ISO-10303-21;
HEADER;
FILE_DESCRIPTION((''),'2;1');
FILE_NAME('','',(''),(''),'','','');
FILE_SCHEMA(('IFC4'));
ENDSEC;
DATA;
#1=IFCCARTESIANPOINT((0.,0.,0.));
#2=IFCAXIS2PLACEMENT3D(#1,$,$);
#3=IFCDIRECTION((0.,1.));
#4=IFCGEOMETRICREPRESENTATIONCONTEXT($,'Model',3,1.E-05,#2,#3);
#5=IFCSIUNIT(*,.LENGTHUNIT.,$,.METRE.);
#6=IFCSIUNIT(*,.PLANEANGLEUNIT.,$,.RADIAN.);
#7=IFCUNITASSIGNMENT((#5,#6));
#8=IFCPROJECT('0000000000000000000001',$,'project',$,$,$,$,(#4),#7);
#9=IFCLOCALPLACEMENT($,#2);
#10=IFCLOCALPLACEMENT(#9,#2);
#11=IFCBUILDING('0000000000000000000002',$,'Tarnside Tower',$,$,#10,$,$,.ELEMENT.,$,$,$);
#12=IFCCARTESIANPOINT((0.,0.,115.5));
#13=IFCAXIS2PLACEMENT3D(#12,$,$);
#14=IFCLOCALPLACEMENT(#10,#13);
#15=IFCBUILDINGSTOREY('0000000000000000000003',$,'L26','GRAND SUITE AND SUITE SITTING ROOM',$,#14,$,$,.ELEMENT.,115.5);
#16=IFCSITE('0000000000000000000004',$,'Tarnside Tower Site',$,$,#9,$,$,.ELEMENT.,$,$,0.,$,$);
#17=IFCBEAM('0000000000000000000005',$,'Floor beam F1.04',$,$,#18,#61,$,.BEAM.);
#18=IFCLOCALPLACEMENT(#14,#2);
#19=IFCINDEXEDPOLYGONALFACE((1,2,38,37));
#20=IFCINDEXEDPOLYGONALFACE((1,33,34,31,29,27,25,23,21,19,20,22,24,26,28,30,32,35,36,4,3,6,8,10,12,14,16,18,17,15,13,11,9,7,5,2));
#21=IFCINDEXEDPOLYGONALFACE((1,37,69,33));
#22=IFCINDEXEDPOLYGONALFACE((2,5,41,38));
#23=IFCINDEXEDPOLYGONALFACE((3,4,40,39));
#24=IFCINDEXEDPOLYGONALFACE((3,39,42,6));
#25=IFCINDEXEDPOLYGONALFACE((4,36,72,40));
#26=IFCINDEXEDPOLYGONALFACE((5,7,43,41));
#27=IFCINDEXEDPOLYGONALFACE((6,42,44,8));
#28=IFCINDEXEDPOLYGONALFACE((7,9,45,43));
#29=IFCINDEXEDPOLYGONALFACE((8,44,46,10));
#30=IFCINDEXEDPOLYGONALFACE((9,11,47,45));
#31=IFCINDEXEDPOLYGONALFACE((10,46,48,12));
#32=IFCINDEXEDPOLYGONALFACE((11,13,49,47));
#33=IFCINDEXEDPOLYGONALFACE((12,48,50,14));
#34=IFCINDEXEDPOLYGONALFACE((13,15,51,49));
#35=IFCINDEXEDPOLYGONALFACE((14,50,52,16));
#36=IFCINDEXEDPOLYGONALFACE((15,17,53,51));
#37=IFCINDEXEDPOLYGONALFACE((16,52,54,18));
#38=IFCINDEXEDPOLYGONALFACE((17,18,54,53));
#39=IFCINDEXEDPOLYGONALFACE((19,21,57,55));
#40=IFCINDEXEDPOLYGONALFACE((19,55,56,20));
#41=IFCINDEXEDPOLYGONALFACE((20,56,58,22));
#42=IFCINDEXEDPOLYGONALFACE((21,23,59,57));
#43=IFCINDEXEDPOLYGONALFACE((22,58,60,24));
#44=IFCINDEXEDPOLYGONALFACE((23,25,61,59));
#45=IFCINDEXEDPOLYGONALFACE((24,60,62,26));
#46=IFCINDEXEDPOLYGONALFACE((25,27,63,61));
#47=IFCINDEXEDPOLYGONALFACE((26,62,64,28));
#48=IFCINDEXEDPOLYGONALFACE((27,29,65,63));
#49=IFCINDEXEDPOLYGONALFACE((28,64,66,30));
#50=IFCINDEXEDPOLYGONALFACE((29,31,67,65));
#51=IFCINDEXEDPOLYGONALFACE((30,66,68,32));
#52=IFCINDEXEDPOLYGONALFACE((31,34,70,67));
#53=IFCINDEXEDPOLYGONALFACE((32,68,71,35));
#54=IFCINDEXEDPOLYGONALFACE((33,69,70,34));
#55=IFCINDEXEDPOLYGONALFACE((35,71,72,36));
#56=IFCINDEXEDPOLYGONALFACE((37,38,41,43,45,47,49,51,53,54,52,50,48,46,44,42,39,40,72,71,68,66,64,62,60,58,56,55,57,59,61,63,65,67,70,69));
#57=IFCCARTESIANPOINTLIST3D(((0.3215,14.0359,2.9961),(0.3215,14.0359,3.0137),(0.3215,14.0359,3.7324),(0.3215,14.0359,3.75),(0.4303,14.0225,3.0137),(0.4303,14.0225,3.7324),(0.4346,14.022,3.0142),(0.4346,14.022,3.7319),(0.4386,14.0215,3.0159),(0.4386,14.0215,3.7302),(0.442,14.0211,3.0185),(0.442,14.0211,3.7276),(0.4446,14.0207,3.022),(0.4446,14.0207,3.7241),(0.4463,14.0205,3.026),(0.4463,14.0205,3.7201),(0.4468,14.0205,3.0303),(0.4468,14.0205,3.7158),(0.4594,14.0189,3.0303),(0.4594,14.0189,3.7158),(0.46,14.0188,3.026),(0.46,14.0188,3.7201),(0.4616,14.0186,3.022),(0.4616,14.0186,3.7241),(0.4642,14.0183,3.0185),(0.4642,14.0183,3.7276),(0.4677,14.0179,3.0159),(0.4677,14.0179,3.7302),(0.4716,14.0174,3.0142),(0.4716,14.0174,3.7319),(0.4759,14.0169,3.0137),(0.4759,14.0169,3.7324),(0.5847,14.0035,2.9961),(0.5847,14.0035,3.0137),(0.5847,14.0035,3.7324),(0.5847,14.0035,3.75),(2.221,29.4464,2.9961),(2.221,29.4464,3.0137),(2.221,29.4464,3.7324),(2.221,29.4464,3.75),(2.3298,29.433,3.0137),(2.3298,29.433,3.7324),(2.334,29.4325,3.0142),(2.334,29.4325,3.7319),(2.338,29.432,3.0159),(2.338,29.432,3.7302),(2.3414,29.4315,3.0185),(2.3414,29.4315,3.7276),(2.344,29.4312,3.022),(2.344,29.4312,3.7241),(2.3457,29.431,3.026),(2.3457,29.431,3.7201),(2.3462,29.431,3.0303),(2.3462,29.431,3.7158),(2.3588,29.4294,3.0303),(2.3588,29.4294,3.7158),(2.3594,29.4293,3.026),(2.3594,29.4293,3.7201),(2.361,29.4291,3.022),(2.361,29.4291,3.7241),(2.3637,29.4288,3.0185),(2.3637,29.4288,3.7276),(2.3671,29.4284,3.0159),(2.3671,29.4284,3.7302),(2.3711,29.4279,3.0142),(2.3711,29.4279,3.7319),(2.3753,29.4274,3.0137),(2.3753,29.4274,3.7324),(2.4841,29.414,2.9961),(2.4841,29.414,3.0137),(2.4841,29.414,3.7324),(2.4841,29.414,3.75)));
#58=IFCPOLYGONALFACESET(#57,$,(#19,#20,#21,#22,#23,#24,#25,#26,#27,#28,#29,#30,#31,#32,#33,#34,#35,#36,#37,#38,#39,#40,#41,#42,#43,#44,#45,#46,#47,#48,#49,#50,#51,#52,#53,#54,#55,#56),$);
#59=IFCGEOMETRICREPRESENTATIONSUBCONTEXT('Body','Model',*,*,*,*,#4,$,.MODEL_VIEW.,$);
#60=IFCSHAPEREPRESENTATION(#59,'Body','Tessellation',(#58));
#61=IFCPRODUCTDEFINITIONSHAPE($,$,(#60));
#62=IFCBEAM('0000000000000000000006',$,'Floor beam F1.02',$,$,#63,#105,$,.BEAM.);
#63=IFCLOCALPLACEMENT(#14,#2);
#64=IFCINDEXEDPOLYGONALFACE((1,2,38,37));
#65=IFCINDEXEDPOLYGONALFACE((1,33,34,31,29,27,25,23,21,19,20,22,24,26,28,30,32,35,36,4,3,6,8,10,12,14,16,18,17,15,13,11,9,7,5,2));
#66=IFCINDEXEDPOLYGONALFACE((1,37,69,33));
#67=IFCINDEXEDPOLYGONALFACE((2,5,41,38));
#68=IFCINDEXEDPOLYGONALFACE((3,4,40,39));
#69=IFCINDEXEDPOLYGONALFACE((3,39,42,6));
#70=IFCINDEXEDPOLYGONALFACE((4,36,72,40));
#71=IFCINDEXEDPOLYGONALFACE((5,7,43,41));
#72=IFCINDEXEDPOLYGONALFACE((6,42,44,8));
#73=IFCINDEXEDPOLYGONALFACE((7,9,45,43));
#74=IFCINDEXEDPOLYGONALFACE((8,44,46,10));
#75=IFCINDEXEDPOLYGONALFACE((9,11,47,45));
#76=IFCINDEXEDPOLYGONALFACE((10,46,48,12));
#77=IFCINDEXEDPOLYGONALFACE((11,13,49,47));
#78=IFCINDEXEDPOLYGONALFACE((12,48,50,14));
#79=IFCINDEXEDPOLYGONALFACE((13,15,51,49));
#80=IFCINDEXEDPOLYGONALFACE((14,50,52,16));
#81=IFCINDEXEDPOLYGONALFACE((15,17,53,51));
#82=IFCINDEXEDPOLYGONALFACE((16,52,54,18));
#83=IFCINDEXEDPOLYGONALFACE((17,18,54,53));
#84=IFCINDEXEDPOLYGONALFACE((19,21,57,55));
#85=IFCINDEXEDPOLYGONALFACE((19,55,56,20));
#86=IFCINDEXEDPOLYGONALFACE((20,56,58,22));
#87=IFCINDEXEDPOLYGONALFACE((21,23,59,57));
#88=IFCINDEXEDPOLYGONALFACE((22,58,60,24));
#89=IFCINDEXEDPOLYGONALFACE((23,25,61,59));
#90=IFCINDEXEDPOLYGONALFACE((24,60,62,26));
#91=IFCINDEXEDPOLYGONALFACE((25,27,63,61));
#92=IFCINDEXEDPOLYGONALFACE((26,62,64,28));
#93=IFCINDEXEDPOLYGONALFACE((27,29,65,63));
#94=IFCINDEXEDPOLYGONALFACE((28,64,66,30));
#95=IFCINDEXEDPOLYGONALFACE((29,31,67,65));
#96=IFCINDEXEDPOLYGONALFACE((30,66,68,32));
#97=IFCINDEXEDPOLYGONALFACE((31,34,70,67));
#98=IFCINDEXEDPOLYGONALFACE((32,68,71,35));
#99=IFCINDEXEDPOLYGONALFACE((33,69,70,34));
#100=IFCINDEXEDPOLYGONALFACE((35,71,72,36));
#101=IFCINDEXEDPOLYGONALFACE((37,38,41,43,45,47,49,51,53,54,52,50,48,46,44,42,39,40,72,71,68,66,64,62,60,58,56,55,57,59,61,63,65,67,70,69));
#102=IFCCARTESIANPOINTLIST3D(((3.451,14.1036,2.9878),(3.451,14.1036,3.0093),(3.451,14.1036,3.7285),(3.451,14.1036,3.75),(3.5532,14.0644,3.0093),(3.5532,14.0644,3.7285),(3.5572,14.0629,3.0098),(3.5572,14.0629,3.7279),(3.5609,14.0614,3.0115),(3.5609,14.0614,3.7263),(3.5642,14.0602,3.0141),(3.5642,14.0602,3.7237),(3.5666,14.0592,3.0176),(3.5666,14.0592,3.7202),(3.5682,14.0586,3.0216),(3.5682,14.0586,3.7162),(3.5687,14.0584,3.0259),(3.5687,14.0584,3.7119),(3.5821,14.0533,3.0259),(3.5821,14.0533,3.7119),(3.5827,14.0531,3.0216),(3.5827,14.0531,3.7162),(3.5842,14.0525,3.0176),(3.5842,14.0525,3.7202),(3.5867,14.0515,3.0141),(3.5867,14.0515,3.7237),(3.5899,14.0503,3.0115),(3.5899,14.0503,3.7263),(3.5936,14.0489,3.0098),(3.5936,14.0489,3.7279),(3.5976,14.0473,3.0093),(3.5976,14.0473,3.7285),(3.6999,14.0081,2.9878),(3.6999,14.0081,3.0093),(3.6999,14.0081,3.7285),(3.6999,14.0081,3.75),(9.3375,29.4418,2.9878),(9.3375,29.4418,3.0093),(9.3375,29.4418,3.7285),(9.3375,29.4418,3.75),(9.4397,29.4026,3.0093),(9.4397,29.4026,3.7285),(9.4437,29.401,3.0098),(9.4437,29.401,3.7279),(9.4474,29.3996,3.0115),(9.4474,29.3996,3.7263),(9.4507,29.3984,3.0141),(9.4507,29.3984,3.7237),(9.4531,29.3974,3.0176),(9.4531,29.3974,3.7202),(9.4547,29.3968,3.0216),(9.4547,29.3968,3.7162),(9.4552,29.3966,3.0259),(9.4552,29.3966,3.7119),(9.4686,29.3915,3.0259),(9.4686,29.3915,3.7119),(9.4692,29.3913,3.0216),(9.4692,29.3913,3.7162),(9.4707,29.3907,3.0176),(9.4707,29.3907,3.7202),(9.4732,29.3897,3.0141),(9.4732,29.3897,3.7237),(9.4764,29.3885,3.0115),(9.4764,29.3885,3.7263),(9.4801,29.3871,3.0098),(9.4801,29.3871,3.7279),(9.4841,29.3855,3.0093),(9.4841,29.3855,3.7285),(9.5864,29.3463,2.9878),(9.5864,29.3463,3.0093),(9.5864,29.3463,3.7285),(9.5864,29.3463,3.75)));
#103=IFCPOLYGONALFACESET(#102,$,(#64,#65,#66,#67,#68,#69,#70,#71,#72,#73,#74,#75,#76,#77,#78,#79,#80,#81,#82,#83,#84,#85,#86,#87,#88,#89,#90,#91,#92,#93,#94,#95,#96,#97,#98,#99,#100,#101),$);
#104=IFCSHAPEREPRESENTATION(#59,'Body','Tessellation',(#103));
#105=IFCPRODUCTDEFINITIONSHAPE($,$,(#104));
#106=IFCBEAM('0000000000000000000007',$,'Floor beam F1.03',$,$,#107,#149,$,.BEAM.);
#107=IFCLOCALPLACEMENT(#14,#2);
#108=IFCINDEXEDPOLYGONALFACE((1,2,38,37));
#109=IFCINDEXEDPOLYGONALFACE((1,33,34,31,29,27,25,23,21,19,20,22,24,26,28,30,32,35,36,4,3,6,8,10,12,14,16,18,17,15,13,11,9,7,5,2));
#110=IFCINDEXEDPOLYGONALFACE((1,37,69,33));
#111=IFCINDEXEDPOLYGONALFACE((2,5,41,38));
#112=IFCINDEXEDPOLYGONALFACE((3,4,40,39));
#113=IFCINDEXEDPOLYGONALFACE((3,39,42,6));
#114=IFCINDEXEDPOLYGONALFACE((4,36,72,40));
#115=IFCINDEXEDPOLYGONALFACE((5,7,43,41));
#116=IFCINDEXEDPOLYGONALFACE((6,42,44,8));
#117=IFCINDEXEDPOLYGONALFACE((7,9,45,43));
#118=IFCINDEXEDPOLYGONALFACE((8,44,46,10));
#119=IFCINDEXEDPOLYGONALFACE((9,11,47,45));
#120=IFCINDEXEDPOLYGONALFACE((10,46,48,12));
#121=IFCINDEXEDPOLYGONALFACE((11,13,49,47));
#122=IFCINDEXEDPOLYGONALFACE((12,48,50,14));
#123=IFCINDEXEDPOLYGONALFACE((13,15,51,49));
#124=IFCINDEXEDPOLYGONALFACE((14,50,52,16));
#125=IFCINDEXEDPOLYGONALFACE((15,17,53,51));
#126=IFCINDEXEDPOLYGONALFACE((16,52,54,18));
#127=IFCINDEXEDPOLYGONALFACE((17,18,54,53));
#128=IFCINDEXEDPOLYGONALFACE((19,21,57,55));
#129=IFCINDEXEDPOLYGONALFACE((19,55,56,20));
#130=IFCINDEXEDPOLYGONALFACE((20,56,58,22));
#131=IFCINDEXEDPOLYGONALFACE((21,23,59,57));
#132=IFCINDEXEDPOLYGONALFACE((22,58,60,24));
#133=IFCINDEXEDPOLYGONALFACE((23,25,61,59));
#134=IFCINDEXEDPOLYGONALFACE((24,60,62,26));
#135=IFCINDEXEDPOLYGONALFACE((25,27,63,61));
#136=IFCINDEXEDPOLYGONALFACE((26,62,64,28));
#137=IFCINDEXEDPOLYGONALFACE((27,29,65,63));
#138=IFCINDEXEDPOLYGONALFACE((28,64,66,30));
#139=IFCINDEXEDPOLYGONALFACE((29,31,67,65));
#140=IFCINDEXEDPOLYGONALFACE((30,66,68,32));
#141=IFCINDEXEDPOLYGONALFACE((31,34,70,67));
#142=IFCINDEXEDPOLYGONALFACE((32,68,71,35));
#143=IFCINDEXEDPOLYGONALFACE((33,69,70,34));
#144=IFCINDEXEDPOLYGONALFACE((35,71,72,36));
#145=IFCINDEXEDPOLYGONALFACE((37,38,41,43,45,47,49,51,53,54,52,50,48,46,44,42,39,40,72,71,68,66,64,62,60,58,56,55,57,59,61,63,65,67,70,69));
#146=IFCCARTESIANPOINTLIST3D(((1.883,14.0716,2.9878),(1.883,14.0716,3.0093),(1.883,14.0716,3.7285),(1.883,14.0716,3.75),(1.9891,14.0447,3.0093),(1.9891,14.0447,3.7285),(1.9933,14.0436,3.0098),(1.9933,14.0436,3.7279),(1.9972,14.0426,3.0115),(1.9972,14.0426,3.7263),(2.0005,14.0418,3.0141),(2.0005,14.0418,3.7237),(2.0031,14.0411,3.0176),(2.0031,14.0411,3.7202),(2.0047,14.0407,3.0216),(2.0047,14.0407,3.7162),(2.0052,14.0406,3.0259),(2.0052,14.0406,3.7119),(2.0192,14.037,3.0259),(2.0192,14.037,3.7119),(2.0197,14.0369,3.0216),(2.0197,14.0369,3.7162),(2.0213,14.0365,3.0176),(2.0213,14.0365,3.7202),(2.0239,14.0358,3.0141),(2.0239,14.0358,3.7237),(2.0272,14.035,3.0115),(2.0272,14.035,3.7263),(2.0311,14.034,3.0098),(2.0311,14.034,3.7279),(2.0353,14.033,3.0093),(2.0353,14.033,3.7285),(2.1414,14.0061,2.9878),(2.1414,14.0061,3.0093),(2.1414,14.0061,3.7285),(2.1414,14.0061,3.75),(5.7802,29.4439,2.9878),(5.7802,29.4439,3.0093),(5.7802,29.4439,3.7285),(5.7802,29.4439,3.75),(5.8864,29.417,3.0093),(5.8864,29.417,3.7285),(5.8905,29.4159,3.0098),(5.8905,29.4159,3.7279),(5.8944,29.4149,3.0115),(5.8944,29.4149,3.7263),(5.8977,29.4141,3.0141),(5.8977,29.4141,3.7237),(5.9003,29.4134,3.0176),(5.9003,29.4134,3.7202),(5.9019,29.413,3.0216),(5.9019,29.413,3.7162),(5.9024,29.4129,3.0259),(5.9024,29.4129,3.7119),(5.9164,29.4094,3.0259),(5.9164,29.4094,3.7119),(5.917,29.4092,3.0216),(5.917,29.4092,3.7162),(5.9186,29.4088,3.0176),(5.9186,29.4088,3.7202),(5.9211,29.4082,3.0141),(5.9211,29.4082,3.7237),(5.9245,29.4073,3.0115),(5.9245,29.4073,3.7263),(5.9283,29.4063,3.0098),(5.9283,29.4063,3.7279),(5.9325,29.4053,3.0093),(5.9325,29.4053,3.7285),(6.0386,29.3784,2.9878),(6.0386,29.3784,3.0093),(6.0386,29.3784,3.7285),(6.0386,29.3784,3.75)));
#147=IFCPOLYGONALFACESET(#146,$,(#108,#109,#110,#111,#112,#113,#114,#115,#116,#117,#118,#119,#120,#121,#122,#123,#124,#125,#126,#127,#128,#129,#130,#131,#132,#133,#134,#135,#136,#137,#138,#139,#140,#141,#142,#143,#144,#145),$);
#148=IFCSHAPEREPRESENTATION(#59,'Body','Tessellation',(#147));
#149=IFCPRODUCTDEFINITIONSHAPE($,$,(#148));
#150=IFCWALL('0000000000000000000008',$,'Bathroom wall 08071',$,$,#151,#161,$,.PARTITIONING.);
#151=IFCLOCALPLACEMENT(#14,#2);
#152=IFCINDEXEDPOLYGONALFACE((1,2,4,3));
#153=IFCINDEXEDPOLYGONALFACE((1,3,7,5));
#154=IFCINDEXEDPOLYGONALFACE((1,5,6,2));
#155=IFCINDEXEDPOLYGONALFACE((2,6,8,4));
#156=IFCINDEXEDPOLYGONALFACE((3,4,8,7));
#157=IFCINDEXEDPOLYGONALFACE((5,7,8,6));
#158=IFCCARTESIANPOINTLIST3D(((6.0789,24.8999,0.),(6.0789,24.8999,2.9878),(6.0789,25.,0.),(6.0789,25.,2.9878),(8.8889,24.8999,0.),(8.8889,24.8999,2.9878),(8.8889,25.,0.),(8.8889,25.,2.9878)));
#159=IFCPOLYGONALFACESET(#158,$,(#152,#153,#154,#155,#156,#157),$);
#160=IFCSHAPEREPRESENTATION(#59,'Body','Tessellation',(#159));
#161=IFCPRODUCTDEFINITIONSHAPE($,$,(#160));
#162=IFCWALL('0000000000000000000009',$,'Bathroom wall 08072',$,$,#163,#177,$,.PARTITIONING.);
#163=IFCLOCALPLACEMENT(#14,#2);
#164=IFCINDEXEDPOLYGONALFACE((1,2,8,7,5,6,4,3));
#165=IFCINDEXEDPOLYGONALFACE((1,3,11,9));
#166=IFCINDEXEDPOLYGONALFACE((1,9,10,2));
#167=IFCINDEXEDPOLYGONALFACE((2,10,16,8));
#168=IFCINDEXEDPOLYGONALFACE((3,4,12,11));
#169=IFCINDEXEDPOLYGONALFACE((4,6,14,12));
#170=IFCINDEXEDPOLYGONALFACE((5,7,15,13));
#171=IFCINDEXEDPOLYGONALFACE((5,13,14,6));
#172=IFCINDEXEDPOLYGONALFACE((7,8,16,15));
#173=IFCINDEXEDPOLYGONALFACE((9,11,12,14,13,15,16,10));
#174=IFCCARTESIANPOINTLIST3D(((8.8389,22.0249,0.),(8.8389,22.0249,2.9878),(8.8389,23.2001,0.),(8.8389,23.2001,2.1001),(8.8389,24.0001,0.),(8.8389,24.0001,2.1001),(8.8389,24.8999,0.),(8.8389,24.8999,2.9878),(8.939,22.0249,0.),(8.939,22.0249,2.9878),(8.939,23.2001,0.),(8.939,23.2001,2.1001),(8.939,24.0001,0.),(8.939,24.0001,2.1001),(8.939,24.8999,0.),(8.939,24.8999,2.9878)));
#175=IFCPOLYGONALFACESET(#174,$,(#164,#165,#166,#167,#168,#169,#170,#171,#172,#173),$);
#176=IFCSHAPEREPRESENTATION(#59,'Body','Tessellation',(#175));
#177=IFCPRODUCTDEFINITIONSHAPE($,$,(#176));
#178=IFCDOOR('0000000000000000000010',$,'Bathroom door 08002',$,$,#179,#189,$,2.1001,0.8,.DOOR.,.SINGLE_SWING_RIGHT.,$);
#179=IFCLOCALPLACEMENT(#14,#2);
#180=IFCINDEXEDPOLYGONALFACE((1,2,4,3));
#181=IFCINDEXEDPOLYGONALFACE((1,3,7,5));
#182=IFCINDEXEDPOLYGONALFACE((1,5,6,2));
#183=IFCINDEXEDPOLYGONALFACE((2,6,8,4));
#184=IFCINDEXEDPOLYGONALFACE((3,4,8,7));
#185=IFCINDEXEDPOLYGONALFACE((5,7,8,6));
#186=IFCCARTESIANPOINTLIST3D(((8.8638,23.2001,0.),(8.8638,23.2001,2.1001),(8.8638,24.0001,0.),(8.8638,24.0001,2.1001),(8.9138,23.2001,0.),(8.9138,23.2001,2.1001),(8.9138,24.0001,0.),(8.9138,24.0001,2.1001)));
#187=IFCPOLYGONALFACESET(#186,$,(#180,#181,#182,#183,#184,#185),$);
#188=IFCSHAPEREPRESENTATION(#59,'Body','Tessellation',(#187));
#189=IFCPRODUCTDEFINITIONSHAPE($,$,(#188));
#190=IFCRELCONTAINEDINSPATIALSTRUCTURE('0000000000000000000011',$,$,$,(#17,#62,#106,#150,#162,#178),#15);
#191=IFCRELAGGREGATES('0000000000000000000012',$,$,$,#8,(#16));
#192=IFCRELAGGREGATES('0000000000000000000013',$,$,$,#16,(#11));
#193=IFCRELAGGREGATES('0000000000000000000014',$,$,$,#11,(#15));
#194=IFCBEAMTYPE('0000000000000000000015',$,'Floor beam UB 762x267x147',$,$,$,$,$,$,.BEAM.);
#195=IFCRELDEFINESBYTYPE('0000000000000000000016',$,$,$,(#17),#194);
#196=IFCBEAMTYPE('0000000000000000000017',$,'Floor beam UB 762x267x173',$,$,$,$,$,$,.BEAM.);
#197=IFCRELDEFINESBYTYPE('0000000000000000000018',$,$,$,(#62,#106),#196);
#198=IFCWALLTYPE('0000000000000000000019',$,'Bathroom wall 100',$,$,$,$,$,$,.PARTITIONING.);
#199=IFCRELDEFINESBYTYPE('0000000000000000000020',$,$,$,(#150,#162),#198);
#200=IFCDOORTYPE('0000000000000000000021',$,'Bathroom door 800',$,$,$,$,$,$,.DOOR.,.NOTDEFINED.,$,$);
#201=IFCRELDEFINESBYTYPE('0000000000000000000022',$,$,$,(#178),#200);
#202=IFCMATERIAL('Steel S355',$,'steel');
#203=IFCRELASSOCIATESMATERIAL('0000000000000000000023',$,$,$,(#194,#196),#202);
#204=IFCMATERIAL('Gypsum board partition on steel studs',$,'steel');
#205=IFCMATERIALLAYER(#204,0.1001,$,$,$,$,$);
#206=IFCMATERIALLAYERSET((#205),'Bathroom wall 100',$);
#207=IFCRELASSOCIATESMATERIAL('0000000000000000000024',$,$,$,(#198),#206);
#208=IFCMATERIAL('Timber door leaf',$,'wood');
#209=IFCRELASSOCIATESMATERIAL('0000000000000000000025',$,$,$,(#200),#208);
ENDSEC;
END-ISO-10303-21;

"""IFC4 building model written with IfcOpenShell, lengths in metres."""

from ifc_helpers import new_model, si_unit, direction, frame, frame_2d, origin, origin_2d, place, context, subcontext, project, spatial, rectangle, i_section, extrude, material, layer, layer_set, material_profile, profile_set, type_object, element, fill, save


model = new_model("IFC4")

# Units and contexts
model_context = context("Model", 3, precision=1e-05, world=origin(), true_north=direction((0.0, 1.0)))
body_context = subcontext(model_context, "Body", "Model", "MODEL_VIEW")
ifc_project = project(units=[si_unit("LENGTHUNIT", "METRE"), si_unit("PLANEANGLEUNIT", "RADIAN")], contexts=[model_context])

# Site, building, storey
site_placement = place(None, origin())
site = spatial("IfcSite", under=ifc_project, at=site_placement, Name="Tarnside Tower Site", CompositionType="ELEMENT", RefElevation=0.0)
building_placement = place(site_placement, origin())
building = spatial("IfcBuilding", under=site, at=building_placement, Name="Tarnside Tower", CompositionType="ELEMENT")
storey_placement = place(building_placement, frame((0.0, 0.0, 115.5)))
storey = spatial("IfcBuildingStorey", under=building, at=storey_placement, Name="L26", Description="GRAND SUITE AND SUITE SITTING ROOM", CompositionType="ELEMENT", Elevation=115.5)

# Beams
ifc_material_1 = material(Name="Steel S355", Category="steel")
ifc_material_profile_1 = material_profile(ifc_material_1, i_section(OverallWidth=0.2651, OverallDepth=0.7539, WebThickness=0.0127, FlangeThickness=0.0176, FilletRadius=0.0166, at=origin_2d()), Name="UB 762x267x147")
ifc_profile_set_1 = profile_set([ifc_material_profile_1], Name="Steel S355")
beam_type_1 = type_object("IfcBeamType", Name="Floor beam UB 762x267x147", PredefinedType="BEAM", material=ifc_profile_set_1)
beam_1_placement = place(storey_placement, frame((2.3525, 29.4302, 3.373), z_axis=(-0.12233, -0.99249, 0.0), x_axis=(0.99249, -0.12233, 0.0)))
element("IfcBeam", 1, at=beam_1_placement, inside=storey, type_object=beam_type_1, Name="Floor beam F1.04", PredefinedType="BEAM", context=body_context, shape_type="SweptSolid", body=[
    extrude(i_section(OverallWidth=0.2651, OverallDepth=0.7539, WebThickness=0.0127, FlangeThickness=0.0176, FilletRadius=0.0166, at=origin_2d()), origin(), (0.0, 0.0, 1.0), 15.5271),
])
ifc_material_profile_2 = material_profile(ifc_material_1, i_section(OverallWidth=0.2666, OverallDepth=0.7622, WebThickness=0.0144, FlangeThickness=0.0215, FilletRadius=0.0166, at=origin_2d()), Name="UB 762x267x173")
ifc_profile_set_2 = profile_set([ifc_material_profile_2], Name="Steel S355")
beam_type_2 = type_object("IfcBeamType", Name="Floor beam UB 762x267x173", PredefinedType="BEAM", material=ifc_profile_set_2)
beam_2_placement = place(storey_placement, frame((9.4619, 29.394, 3.3689), z_axis=(-0.3583, -0.933607, 0.0), x_axis=(0.933607, -0.3583, 0.0)))
element("IfcBeam", 2, at=beam_2_placement, inside=storey, type_object=beam_type_2, Name="Floor beam F1.02", PredefinedType="BEAM", context=body_context, shape_type="SweptSolid", body=[
    extrude(i_section(OverallWidth=0.2666, OverallDepth=0.7622, WebThickness=0.0144, FlangeThickness=0.0215, FilletRadius=0.0166, at=origin_2d()), origin(), (0.0, 0.0, 1.0), 16.429),
])
beam_3_placement = place(storey_placement, frame((5.9094, 29.4111, 3.3689), z_axis=(-0.245747, -0.969334, 0.0), x_axis=(0.969334, -0.245747, 0.0)))
element("IfcBeam", 3, at=beam_3_placement, inside=storey, type_object=beam_type_2, Name="Floor beam F1.03", PredefinedType="BEAM", context=body_context, shape_type="SweptSolid", body=[
    extrude(i_section(OverallWidth=0.2666, OverallDepth=0.7622, WebThickness=0.0144, FlangeThickness=0.0215, FilletRadius=0.0166, at=origin_2d()), origin(), (0.0, 0.0, 1.0), 15.8586),
])

# Wall
ifc_material_2 = material(Name="Gypsum board partition on steel studs", Category="steel")
ifc_layer_1 = layer(ifc_material_2, 0.1001)
ifc_layer_set_1 = layer_set([ifc_layer_1], Name="Bathroom wall 100")
wall_type_1 = type_object("IfcWallType", Name="Bathroom wall 100", PredefinedType="PARTITIONING", material=ifc_layer_set_1)
wall_1_placement = place(storey_placement, frame((6.0789, 24.95, 0.0), z_axis=(0.0, 0.0, 1.0), x_axis=(1.0, 0.0, 0.0)))
element("IfcWall", 4, at=wall_1_placement, inside=storey, type_object=wall_type_1, Name="Bathroom wall 08071", PredefinedType="PARTITIONING", context=body_context, shape_type="SweptSolid", body=[
    extrude(rectangle(XDim=2.8101, YDim=0.1001, at=frame_2d((1.405, 0.0))), origin(), (0.0, 0.0, 1.0), 2.9878),
])

# Wall, opening, door
wall_2_placement = place(storey_placement, frame((8.8889, 24.8999, 0.0), z_axis=(0.0, 0.0, 1.0), x_axis=(0.0, -1.0, 0.0)))
wall_2 = element("IfcWall", 5, at=wall_2_placement, inside=storey, type_object=wall_type_1, Name="Bathroom wall 08072", PredefinedType="PARTITIONING", context=body_context, shape_type="SweptSolid", body=[
    extrude(rectangle(XDim=2.875, YDim=0.1001, at=frame_2d((1.4375, 0.0))), origin(), (0.0, 0.0, 1.0), 2.9878),
])
opening_1_placement = place(wall_2_placement, frame((0.8999, 0.0, 0.0)))
opening_1 = element("IfcOpeningElement", 6, at=opening_1_placement, cuts=wall_2, PredefinedType="OPENING", context=body_context, shape_type="SweptSolid", body=[
    extrude(rectangle(XDim=0.8, YDim=2.1001, at=frame_2d((0.3999, 1.05))), frame((0.0, 0.0601, 0.0), z_axis=(0.0, -1.0, 0.0), x_axis=(1.0, 0.0, 0.0)), (0.0, 0.0, 1.0), 0.1201),
])
ifc_material_3 = material(Name="Timber door leaf", Category="wood")
door_type_1 = type_object("IfcDoorType", Name="Bathroom door 800", OperationType="NOTDEFINED", PredefinedType="DOOR", material=ifc_material_3)
door_1_placement = place(opening_1_placement, origin())
door_1 = element("IfcDoor", 7, at=door_1_placement, inside=storey, type_object=door_type_1, Name="Bathroom door 08002", OperationType="SINGLE_SWING_RIGHT", OverallHeight=2.1001, OverallWidth=0.8, PredefinedType="DOOR", context=body_context, shape_type="SweptSolid", body=[
    extrude(rectangle(XDim=0.8, YDim=2.1001, at=frame_2d((0.3999, 1.05))), frame((0.0, 0.0249, 0.0), z_axis=(0.0, -1.0, 0.0), x_axis=(1.0, 0.0, 0.0)), (0.0, 0.0, 1.0), 0.05),
])
fill(opening_1, door_1)

save(model, "model.ifc")
